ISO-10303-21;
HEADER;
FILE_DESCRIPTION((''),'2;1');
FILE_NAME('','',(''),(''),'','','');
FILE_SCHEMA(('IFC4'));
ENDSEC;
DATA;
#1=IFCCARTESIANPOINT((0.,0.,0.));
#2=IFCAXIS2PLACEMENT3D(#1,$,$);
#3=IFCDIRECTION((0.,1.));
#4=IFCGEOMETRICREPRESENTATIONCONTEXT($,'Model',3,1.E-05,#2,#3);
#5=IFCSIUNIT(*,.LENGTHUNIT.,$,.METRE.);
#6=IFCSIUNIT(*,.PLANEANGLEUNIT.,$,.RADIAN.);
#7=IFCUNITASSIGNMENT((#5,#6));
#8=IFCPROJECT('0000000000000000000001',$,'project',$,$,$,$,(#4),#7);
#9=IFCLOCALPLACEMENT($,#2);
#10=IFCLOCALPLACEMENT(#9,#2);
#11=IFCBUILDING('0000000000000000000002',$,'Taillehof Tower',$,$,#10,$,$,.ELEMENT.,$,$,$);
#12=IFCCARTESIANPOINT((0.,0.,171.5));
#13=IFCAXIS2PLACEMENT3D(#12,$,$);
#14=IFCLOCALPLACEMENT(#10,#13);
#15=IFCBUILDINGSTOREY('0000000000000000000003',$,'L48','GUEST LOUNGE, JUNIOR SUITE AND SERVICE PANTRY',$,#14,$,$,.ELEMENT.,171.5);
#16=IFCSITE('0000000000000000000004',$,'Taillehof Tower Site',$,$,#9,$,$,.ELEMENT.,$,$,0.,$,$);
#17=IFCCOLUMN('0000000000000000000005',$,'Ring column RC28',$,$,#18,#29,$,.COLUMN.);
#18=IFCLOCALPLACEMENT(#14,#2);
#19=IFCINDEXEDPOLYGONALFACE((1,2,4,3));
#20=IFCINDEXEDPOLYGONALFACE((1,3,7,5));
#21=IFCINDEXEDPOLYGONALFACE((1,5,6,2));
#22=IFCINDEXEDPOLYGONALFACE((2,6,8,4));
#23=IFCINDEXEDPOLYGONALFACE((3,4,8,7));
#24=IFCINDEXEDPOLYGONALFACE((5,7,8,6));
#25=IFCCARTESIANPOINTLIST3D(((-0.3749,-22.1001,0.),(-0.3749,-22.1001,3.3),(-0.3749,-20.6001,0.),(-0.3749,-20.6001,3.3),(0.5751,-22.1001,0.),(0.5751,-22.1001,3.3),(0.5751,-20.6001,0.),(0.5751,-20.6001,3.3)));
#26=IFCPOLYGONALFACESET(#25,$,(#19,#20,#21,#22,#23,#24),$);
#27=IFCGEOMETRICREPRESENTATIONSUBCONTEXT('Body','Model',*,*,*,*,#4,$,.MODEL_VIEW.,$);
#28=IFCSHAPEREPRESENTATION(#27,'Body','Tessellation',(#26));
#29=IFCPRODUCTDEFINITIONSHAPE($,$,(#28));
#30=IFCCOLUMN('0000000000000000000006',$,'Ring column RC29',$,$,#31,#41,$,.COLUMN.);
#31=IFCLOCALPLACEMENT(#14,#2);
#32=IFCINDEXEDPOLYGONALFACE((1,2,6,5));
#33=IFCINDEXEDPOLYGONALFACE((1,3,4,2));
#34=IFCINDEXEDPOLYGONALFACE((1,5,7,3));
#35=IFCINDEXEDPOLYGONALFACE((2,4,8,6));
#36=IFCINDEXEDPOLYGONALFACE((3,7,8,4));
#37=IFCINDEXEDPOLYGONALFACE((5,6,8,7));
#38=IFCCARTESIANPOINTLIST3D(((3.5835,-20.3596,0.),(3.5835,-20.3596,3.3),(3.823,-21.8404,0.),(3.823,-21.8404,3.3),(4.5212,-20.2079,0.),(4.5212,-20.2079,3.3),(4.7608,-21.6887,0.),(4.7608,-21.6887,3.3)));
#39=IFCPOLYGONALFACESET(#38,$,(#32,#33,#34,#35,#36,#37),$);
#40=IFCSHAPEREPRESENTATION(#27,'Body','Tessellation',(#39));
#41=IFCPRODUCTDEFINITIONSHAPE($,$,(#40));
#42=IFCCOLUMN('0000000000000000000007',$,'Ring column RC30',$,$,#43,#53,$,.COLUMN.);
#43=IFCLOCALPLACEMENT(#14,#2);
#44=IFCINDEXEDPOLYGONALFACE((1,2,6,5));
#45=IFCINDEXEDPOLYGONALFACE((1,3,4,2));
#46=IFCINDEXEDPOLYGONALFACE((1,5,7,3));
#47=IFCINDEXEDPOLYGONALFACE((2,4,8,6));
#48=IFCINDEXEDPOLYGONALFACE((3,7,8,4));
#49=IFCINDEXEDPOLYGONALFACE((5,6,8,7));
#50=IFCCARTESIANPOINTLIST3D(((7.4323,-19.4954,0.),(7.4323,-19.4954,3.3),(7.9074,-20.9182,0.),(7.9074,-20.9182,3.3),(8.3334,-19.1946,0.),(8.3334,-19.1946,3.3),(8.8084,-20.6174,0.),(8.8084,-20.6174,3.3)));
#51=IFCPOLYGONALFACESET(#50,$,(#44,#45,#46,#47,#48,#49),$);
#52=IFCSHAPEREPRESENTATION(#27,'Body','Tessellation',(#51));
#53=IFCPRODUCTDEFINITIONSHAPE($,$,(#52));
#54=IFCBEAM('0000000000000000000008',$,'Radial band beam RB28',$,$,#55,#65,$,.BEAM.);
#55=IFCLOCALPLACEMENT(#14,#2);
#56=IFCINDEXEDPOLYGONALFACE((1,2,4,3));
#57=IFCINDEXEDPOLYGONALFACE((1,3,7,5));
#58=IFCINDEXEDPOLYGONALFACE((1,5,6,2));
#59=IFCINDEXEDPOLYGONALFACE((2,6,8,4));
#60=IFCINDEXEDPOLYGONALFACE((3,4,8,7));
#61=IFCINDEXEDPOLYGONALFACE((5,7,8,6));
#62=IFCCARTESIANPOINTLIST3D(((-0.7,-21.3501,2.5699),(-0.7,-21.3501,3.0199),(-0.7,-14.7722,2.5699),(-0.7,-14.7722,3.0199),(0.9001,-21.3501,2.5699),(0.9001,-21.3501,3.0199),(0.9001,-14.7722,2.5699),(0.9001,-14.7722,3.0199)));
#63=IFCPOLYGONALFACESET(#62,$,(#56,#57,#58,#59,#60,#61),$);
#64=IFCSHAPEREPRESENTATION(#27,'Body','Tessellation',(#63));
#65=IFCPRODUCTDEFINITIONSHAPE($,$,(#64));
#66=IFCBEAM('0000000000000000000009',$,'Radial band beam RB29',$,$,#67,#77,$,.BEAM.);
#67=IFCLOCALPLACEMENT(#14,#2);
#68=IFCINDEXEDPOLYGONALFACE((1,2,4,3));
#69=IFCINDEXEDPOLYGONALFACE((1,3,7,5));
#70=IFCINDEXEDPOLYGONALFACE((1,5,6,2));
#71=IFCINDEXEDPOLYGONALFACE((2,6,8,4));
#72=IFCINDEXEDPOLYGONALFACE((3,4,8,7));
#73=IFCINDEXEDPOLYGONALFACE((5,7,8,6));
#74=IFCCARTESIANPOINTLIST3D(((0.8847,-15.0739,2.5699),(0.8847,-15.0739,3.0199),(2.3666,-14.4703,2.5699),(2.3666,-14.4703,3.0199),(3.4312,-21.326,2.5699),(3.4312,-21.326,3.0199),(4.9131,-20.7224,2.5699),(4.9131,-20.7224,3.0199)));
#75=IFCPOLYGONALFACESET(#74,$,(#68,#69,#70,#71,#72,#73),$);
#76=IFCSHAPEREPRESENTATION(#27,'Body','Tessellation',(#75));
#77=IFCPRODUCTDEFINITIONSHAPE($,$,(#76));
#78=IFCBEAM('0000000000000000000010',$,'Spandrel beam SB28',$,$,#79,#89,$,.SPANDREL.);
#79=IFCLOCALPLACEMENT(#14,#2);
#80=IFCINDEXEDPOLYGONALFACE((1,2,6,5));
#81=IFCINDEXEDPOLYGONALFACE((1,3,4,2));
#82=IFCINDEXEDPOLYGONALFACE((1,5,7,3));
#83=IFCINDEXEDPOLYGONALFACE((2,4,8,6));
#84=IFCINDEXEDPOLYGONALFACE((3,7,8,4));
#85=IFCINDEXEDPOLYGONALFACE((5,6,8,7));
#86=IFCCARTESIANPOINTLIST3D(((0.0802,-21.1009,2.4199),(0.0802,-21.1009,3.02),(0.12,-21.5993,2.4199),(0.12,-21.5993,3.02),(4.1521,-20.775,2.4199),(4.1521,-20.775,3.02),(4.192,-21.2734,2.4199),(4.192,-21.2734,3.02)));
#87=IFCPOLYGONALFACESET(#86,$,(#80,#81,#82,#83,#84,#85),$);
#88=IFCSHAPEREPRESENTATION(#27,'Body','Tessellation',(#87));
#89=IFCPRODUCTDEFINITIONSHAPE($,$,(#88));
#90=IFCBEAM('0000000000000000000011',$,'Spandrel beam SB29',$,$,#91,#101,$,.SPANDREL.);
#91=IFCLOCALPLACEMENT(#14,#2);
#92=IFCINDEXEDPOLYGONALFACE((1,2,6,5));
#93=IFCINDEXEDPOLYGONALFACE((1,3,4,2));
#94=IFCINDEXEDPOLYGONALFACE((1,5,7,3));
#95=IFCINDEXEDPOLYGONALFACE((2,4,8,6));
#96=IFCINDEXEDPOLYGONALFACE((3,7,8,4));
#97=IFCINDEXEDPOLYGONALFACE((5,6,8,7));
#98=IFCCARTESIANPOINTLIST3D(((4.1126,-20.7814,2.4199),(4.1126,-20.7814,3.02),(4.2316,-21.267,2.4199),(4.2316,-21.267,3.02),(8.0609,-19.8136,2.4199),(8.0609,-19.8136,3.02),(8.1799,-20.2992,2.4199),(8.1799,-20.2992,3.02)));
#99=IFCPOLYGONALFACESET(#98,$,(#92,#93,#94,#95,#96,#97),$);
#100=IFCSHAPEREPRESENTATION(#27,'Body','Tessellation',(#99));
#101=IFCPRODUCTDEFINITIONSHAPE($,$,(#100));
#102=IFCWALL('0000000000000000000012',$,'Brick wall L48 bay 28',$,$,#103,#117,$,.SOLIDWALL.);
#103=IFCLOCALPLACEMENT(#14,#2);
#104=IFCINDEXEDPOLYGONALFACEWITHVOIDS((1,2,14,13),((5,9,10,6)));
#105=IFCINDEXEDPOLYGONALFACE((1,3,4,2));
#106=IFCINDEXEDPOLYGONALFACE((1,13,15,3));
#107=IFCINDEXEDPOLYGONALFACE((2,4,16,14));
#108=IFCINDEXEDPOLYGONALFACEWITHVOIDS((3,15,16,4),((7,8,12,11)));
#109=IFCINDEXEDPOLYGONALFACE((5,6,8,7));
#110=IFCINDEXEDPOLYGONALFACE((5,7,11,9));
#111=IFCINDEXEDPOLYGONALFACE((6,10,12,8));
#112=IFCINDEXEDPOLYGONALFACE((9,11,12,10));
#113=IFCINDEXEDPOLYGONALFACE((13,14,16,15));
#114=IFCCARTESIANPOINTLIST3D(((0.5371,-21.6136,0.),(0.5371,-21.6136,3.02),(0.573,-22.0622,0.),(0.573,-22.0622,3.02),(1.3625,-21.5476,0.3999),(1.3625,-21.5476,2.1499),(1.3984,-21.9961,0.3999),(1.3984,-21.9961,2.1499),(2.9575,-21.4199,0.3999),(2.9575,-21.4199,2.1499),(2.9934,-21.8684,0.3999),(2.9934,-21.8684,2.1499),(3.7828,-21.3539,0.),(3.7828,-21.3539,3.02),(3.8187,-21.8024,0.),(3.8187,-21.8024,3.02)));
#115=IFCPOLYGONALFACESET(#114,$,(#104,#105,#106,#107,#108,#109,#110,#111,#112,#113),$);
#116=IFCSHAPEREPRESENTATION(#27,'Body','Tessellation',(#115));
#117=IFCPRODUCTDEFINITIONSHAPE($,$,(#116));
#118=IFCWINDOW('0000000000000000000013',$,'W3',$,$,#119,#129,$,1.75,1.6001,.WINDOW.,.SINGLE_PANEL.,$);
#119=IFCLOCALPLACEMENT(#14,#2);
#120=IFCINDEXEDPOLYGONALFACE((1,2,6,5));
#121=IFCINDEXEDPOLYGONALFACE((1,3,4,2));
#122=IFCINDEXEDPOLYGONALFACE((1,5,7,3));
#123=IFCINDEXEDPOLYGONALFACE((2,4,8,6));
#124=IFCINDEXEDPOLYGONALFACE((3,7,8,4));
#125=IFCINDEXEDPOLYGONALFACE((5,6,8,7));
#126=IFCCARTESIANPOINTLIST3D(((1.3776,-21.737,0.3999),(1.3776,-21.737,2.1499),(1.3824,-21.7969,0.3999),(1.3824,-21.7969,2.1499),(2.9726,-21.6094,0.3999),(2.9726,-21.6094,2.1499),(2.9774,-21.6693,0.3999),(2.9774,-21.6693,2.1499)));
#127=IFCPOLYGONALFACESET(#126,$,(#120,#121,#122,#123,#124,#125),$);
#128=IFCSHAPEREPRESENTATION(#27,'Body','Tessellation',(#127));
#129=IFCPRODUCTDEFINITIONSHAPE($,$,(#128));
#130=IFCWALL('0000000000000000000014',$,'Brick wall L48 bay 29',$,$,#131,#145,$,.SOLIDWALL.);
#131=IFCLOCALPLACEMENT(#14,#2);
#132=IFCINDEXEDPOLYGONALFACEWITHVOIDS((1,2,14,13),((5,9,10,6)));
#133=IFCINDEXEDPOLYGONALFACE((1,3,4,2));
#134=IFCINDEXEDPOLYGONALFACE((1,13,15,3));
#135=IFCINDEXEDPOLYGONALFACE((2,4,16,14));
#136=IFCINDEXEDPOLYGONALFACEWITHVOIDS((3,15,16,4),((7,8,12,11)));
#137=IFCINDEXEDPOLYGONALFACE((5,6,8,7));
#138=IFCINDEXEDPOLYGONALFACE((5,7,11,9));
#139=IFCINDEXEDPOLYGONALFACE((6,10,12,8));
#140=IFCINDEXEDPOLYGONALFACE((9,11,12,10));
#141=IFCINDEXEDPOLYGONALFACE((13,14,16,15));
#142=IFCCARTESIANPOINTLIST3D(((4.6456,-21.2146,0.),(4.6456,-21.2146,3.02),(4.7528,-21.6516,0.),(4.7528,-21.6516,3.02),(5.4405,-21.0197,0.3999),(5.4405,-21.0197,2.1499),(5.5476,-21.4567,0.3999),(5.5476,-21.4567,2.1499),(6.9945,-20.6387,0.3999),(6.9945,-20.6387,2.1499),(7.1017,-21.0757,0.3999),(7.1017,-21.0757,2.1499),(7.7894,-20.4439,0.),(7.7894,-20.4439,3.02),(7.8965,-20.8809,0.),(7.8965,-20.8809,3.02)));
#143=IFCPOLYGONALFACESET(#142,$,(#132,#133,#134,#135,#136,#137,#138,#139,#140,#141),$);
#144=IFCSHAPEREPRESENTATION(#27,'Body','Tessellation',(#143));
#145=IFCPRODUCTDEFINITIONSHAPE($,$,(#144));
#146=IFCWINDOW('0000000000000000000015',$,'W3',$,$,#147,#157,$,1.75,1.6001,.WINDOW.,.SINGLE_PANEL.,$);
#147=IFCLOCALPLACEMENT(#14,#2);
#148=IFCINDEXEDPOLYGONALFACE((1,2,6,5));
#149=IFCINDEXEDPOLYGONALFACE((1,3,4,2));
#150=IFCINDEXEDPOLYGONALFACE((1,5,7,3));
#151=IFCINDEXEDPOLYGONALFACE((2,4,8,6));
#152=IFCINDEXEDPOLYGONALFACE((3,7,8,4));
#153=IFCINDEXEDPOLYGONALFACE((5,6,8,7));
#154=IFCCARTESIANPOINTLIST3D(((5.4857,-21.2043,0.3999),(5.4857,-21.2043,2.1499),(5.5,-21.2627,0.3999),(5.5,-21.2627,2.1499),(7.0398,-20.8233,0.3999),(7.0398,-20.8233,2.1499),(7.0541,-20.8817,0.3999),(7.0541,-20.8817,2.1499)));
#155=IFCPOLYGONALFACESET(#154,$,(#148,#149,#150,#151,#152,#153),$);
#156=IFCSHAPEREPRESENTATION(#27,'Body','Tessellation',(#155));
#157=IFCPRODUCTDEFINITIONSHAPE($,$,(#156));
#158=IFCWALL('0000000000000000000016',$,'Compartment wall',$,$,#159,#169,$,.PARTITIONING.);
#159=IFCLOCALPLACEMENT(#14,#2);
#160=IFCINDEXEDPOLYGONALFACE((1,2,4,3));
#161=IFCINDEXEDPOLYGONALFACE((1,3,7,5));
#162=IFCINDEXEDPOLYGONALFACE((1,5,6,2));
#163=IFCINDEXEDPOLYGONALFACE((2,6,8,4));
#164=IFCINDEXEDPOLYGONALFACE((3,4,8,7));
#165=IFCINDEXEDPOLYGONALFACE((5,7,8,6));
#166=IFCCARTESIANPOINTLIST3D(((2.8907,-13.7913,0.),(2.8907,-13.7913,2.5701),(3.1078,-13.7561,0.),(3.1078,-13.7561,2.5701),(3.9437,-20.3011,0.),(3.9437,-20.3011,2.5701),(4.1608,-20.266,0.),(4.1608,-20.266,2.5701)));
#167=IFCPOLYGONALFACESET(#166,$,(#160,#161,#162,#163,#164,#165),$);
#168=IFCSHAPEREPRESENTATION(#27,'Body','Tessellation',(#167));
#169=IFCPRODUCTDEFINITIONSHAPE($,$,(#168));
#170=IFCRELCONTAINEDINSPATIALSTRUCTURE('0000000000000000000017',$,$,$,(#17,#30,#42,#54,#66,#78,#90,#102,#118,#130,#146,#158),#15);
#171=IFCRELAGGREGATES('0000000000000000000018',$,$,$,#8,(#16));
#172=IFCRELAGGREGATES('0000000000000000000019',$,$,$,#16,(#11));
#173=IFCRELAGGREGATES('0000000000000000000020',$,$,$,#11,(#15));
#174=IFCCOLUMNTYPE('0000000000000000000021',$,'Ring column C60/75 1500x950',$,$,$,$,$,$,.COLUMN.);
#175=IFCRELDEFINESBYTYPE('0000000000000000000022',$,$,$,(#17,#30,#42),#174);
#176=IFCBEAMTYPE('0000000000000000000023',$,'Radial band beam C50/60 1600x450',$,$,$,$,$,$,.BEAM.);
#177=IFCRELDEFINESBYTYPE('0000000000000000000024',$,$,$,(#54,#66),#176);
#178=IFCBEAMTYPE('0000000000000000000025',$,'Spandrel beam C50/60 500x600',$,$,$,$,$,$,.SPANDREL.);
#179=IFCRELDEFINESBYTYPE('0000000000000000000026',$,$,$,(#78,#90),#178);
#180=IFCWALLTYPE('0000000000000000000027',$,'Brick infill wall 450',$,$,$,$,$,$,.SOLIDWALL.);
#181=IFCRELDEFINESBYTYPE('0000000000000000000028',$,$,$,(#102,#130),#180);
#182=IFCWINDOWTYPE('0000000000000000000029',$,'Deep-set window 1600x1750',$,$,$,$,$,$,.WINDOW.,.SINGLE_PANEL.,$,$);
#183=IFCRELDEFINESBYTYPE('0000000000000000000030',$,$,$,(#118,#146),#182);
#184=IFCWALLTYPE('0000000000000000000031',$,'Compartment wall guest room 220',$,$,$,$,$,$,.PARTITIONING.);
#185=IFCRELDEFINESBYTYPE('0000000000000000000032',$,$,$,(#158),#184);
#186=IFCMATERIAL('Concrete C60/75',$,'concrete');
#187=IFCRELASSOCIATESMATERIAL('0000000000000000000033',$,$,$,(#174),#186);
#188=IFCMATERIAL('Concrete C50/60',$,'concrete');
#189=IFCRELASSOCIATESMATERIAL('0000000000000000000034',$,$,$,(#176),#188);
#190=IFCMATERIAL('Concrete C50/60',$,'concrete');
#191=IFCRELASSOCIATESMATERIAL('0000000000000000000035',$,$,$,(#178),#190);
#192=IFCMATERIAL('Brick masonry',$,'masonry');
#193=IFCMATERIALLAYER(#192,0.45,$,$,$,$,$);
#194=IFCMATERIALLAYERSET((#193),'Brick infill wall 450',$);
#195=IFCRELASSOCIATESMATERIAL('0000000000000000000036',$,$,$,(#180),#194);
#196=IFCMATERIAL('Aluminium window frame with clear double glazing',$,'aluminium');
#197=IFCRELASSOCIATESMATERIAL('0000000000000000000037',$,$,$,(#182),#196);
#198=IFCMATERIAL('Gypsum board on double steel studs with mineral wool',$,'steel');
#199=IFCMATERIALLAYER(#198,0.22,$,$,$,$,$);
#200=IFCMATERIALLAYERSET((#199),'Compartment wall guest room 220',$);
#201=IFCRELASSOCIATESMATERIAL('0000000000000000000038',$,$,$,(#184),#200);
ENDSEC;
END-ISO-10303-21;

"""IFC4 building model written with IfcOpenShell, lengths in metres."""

from ifc_helpers import new_model, si_unit, direction, frame, frame_2d, origin, origin_2d, place, context, subcontext, project, spatial, rectangle, extrude, material, layer, layer_set, material_profile, profile_set, type_object, element, fill, save


model = new_model("IFC4")

# Units and contexts
model_context = context("Model", 3, precision=1e-05, world=origin(), true_north=direction((0.0, 1.0)))
body_context = subcontext(model_context, "Body", "Model", "MODEL_VIEW")
ifc_project = project(units=[si_unit("LENGTHUNIT", "METRE"), si_unit("PLANEANGLEUNIT", "RADIAN")], contexts=[model_context])

# Site, building, storey
site_placement = place(None, origin())
site = spatial("IfcSite", under=ifc_project, at=site_placement, Name="Taillehof Tower Site", CompositionType="ELEMENT", RefElevation=0.0)
building_placement = place(site_placement, origin())
building = spatial("IfcBuilding", under=site, at=building_placement, Name="Taillehof Tower", CompositionType="ELEMENT")
storey_placement = place(building_placement, frame((0.0, 0.0, 171.5)))
storey = spatial("IfcBuildingStorey", under=building, at=storey_placement, Name="L48", Description="GUEST LOUNGE, JUNIOR SUITE AND SERVICE PANTRY", CompositionType="ELEMENT", Elevation=171.5)

# Columns
ifc_material_1 = material(Name="Concrete C60/75", Category="concrete")
ifc_material_profile_1 = material_profile(ifc_material_1, rectangle(XDim=1.5, YDim=0.95, at=origin_2d()), Name="RC 1500x950")
ifc_profile_set_1 = profile_set([ifc_material_profile_1], Name="Concrete C60/75")
column_type = type_object("IfcColumnType", Name="Ring column C60/75 1500x950", PredefinedType="COLUMN", material=ifc_profile_set_1)
for number, where, z_axis, x_axis, name in (
    (1, (0.1001, -21.3501, 0.0), (0.0, 0.0, 1.0), (0.0, -1.0, 0.0), "Ring column RC28"),
    (2, (4.1721, -21.0242, 0.0), (0.0, 0.0, 1.0), (0.159679, -0.987169, 0.0), "Ring column RC29"),
    (3, (8.1204, -20.0564, 0.0), (0.0, 0.0, 1.0), (0.316703, -0.948525, 0.0), "Ring column RC30"),
):
    element("IfcColumn", number, at=place(storey_placement, frame(where, z_axis=z_axis, x_axis=x_axis)), inside=storey, type_object=column_type, Name=name, PredefinedType="COLUMN", context=body_context, shape_type="SweptSolid", body=[
        extrude(rectangle(XDim=1.5, YDim=0.95, at=origin_2d()), origin(), (0.0, 0.0, 1.0), 3.3),
    ])

# Beams
ifc_material_2 = material(Name="Concrete C50/60", Category="concrete")
ifc_material_profile_2 = material_profile(ifc_material_2, rectangle(XDim=1.6001, YDim=0.45, at=origin_2d()), Name="RC 1600x450")
ifc_profile_set_2 = profile_set([ifc_material_profile_2], Name="Concrete C50/60")
beam_type_1 = type_object("IfcBeamType", Name="Radial band beam C50/60 1600x450", PredefinedType="BEAM", material=ifc_profile_set_2)
beam_1_placement = place(storey_placement, frame((0.1001, -21.3501, 2.7949), z_axis=(0.0, 1.0, 0.0), x_axis=(-1.0, 0.0, 0.0)))
element("IfcBeam", 4, at=beam_1_placement, inside=storey, type_object=beam_type_1, Name="Radial band beam RB28", PredefinedType="BEAM", context=body_context, shape_type="SweptSolid", body=[
    extrude(rectangle(XDim=1.6001, YDim=0.45, at=origin_2d()), origin(), (0.0, 0.0, 1.0), 6.5779),
])
beam_2_placement = place(storey_placement, frame((4.1721, -21.0242, 2.7949), z_axis=(-0.377207, 0.926129, 0.0), x_axis=(-0.926129, -0.377207, 0.0)))
element("IfcBeam", 5, at=beam_2_placement, inside=storey, type_object=beam_type_1, Name="Radial band beam RB29", PredefinedType="BEAM", context=body_context, shape_type="SweptSolid", body=[
    extrude(rectangle(XDim=1.6001, YDim=0.45, at=origin_2d()), origin(), (0.0, 0.0, 1.0), 6.7507),
])
ifc_material_3 = material(Name="Concrete C50/60", Category="concrete")
ifc_material_profile_3 = material_profile(ifc_material_3, rectangle(XDim=0.5, YDim=0.6001, at=origin_2d()), Name="RC 500x600")
ifc_profile_set_3 = profile_set([ifc_material_profile_3], Name="Concrete C50/60")
beam_type_2 = type_object("IfcBeamType", Name="Spandrel beam C50/60 500x600", PredefinedType="SPANDREL", material=ifc_profile_set_3)
beam_3_placement = place(storey_placement, frame((0.1001, -21.3501, 2.72), z_axis=(0.996812, 0.079786, 0.0), x_axis=(-0.079786, 0.996812, 0.0)))
element("IfcBeam", 6, at=beam_3_placement, inside=storey, type_object=beam_type_2, Name="Spandrel beam SB28", PredefinedType="SPANDREL", context=body_context, shape_type="SweptSolid", body=[
    extrude(rectangle(XDim=0.5, YDim=0.6001, at=origin_2d()), origin(), (0.0, 0.0, 1.0), 4.085),
])
beam_4_placement = place(storey_placement, frame((4.1721, -21.0242, 2.72), z_axis=(0.971249, 0.238068, 0.0), x_axis=(-0.238068, 0.971249, 0.0)))
element("IfcBeam", 7, at=beam_4_placement, inside=storey, type_object=beam_type_2, Name="Spandrel beam SB29", PredefinedType="SPANDREL", context=body_context, shape_type="SweptSolid", body=[
    extrude(rectangle(XDim=0.5, YDim=0.6001, at=origin_2d()), origin(), (0.0, 0.0, 1.0), 4.0652),
])

# Walls, openings, windows
ifc_material_4 = material(Name="Brick masonry", Category="masonry")
ifc_layer_1 = layer(ifc_material_4, 0.45)
ifc_layer_set_1 = layer_set([ifc_layer_1], Name="Brick infill wall 450")
wall_type_1 = type_object("IfcWallType", Name="Brick infill wall 450", PredefinedType="SOLIDWALL", material=ifc_layer_set_1)
wall_1_placement = place(storey_placement, frame((0.5552, -21.8379, 0.0), z_axis=(0.0, 0.0, 1.0), x_axis=(0.996812, 0.079781, 0.0)))
wall_1 = element("IfcWall", 8, at=wall_1_placement, inside=storey, type_object=wall_type_1, Name="Brick wall L48 bay 28", PredefinedType="SOLIDWALL", context=body_context, shape_type="SweptSolid", body=[
    extrude(rectangle(XDim=3.2561, YDim=0.45, at=frame_2d((1.6279, 0.0))), origin(), (0.0, 0.0, 1.0), 3.02),
])
opening_1_placement = place(wall_1_placement, frame((0.8279, 0.0, 0.3999)))
opening_1 = element("IfcOpeningElement", 9, at=opening_1_placement, cuts=wall_1, PredefinedType="OPENING", context=body_context, shape_type="SweptSolid", body=[
    extrude(rectangle(XDim=1.6001, YDim=1.75, at=frame_2d((0.8, 0.875))), frame((0.0, 0.2349, 0.0), z_axis=(0.0, -1.0, 0.0), x_axis=(1.0, 0.0, 0.0)), (0.0, 0.0, 1.0), 0.47),
])
ifc_material_5 = material(Name="Aluminium window frame with clear double glazing", Category="aluminium")
window_type = type_object("IfcWindowType", Name="Deep-set window 1600x1750", PartitioningType="SINGLE_PANEL", PredefinedType="WINDOW", material=ifc_material_5)
window_1_placement = place(opening_1_placement, origin())
window_1 = element("IfcWindow", 10, at=window_1_placement, inside=storey, type_object=window_type, Name="W3", OverallHeight=1.75, OverallWidth=1.6001, PartitioningType="SINGLE_PANEL", PredefinedType="WINDOW", context=body_context, shape_type="SweptSolid", body=[
    extrude(rectangle(XDim=1.6001, YDim=1.75, at=frame_2d((0.8, 0.875))), frame((0.0, 0.0349, 0.0), z_axis=(0.0, -1.0, 0.0), x_axis=(1.0, 0.0, 0.0)), (0.0, 0.0, 1.0), 0.0601),
])
fill(opening_1, window_1)
wall_2_placement = place(storey_placement, frame((4.6992, -21.4331, 0.0), z_axis=(0.0, 0.0, 1.0), x_axis=(0.971237, 0.238114, 0.0)))
wall_2 = element("IfcWall", 11, at=wall_2_placement, inside=storey, type_object=wall_type_1, Name="Brick wall L48 bay 29", PredefinedType="SOLIDWALL", context=body_context, shape_type="SweptSolid", body=[
    extrude(rectangle(XDim=3.2368, YDim=0.45, at=frame_2d((1.6184, 0.0))), origin(), (0.0, 0.0, 1.0), 3.02),
])
opening_2_placement = place(wall_2_placement, frame((0.8184, 0.0, 0.3999)))
opening_2 = element("IfcOpeningElement", 12, at=opening_2_placement, cuts=wall_2, PredefinedType="OPENING", context=body_context, shape_type="SweptSolid", body=[
    extrude(rectangle(XDim=1.6001, YDim=1.75, at=frame_2d((0.8, 0.875))), frame((0.0, 0.2349, 0.0), z_axis=(0.0, -1.0, 0.0), x_axis=(1.0, 0.0, 0.0)), (0.0, 0.0, 1.0), 0.47),
])
window_2_placement = place(opening_2_placement, origin())
window_2 = element("IfcWindow", 13, at=window_2_placement, inside=storey, type_object=window_type, Name="W3", OverallHeight=1.75, OverallWidth=1.6001, PartitioningType="SINGLE_PANEL", PredefinedType="WINDOW", context=body_context, shape_type="SweptSolid", body=[
    extrude(rectangle(XDim=1.6001, YDim=1.75, at=frame_2d((0.8, 0.875))), frame((0.0, 0.0349, 0.0), z_axis=(0.0, -1.0, 0.0), x_axis=(1.0, 0.0, 0.0)), (0.0, 0.0, 1.0), 0.0601),
])
fill(opening_2, window_2)

# Wall
ifc_material_6 = material(Name="Gypsum board on double steel studs with mineral wool", Category="steel")
ifc_layer_2 = layer(ifc_material_6, 0.22)
ifc_layer_set_2 = layer_set([ifc_layer_2], Name="Compartment wall guest room 220")
wall_type_2 = type_object("IfcWallType", Name="Compartment wall guest room 220", PredefinedType="PARTITIONING", material=ifc_layer_set_2)
wall_3_placement = place(storey_placement, frame((4.0522, -20.2837, 0.0), z_axis=(0.0, 0.0, 1.0), x_axis=(-0.159678, 0.987169, 0.0)))
element("IfcWall", 14, at=wall_3_placement, inside=storey, type_object=wall_type_2, Name="Compartment wall", PredefinedType="PARTITIONING", context=body_context, shape_type="SweptSolid", body=[
    extrude(rectangle(XDim=6.5945, YDim=0.22, at=frame_2d((3.2974, 0.0))), origin(), (0.0, 0.0, 1.0), 2.5701),
])

save(model, "model.ifc")
